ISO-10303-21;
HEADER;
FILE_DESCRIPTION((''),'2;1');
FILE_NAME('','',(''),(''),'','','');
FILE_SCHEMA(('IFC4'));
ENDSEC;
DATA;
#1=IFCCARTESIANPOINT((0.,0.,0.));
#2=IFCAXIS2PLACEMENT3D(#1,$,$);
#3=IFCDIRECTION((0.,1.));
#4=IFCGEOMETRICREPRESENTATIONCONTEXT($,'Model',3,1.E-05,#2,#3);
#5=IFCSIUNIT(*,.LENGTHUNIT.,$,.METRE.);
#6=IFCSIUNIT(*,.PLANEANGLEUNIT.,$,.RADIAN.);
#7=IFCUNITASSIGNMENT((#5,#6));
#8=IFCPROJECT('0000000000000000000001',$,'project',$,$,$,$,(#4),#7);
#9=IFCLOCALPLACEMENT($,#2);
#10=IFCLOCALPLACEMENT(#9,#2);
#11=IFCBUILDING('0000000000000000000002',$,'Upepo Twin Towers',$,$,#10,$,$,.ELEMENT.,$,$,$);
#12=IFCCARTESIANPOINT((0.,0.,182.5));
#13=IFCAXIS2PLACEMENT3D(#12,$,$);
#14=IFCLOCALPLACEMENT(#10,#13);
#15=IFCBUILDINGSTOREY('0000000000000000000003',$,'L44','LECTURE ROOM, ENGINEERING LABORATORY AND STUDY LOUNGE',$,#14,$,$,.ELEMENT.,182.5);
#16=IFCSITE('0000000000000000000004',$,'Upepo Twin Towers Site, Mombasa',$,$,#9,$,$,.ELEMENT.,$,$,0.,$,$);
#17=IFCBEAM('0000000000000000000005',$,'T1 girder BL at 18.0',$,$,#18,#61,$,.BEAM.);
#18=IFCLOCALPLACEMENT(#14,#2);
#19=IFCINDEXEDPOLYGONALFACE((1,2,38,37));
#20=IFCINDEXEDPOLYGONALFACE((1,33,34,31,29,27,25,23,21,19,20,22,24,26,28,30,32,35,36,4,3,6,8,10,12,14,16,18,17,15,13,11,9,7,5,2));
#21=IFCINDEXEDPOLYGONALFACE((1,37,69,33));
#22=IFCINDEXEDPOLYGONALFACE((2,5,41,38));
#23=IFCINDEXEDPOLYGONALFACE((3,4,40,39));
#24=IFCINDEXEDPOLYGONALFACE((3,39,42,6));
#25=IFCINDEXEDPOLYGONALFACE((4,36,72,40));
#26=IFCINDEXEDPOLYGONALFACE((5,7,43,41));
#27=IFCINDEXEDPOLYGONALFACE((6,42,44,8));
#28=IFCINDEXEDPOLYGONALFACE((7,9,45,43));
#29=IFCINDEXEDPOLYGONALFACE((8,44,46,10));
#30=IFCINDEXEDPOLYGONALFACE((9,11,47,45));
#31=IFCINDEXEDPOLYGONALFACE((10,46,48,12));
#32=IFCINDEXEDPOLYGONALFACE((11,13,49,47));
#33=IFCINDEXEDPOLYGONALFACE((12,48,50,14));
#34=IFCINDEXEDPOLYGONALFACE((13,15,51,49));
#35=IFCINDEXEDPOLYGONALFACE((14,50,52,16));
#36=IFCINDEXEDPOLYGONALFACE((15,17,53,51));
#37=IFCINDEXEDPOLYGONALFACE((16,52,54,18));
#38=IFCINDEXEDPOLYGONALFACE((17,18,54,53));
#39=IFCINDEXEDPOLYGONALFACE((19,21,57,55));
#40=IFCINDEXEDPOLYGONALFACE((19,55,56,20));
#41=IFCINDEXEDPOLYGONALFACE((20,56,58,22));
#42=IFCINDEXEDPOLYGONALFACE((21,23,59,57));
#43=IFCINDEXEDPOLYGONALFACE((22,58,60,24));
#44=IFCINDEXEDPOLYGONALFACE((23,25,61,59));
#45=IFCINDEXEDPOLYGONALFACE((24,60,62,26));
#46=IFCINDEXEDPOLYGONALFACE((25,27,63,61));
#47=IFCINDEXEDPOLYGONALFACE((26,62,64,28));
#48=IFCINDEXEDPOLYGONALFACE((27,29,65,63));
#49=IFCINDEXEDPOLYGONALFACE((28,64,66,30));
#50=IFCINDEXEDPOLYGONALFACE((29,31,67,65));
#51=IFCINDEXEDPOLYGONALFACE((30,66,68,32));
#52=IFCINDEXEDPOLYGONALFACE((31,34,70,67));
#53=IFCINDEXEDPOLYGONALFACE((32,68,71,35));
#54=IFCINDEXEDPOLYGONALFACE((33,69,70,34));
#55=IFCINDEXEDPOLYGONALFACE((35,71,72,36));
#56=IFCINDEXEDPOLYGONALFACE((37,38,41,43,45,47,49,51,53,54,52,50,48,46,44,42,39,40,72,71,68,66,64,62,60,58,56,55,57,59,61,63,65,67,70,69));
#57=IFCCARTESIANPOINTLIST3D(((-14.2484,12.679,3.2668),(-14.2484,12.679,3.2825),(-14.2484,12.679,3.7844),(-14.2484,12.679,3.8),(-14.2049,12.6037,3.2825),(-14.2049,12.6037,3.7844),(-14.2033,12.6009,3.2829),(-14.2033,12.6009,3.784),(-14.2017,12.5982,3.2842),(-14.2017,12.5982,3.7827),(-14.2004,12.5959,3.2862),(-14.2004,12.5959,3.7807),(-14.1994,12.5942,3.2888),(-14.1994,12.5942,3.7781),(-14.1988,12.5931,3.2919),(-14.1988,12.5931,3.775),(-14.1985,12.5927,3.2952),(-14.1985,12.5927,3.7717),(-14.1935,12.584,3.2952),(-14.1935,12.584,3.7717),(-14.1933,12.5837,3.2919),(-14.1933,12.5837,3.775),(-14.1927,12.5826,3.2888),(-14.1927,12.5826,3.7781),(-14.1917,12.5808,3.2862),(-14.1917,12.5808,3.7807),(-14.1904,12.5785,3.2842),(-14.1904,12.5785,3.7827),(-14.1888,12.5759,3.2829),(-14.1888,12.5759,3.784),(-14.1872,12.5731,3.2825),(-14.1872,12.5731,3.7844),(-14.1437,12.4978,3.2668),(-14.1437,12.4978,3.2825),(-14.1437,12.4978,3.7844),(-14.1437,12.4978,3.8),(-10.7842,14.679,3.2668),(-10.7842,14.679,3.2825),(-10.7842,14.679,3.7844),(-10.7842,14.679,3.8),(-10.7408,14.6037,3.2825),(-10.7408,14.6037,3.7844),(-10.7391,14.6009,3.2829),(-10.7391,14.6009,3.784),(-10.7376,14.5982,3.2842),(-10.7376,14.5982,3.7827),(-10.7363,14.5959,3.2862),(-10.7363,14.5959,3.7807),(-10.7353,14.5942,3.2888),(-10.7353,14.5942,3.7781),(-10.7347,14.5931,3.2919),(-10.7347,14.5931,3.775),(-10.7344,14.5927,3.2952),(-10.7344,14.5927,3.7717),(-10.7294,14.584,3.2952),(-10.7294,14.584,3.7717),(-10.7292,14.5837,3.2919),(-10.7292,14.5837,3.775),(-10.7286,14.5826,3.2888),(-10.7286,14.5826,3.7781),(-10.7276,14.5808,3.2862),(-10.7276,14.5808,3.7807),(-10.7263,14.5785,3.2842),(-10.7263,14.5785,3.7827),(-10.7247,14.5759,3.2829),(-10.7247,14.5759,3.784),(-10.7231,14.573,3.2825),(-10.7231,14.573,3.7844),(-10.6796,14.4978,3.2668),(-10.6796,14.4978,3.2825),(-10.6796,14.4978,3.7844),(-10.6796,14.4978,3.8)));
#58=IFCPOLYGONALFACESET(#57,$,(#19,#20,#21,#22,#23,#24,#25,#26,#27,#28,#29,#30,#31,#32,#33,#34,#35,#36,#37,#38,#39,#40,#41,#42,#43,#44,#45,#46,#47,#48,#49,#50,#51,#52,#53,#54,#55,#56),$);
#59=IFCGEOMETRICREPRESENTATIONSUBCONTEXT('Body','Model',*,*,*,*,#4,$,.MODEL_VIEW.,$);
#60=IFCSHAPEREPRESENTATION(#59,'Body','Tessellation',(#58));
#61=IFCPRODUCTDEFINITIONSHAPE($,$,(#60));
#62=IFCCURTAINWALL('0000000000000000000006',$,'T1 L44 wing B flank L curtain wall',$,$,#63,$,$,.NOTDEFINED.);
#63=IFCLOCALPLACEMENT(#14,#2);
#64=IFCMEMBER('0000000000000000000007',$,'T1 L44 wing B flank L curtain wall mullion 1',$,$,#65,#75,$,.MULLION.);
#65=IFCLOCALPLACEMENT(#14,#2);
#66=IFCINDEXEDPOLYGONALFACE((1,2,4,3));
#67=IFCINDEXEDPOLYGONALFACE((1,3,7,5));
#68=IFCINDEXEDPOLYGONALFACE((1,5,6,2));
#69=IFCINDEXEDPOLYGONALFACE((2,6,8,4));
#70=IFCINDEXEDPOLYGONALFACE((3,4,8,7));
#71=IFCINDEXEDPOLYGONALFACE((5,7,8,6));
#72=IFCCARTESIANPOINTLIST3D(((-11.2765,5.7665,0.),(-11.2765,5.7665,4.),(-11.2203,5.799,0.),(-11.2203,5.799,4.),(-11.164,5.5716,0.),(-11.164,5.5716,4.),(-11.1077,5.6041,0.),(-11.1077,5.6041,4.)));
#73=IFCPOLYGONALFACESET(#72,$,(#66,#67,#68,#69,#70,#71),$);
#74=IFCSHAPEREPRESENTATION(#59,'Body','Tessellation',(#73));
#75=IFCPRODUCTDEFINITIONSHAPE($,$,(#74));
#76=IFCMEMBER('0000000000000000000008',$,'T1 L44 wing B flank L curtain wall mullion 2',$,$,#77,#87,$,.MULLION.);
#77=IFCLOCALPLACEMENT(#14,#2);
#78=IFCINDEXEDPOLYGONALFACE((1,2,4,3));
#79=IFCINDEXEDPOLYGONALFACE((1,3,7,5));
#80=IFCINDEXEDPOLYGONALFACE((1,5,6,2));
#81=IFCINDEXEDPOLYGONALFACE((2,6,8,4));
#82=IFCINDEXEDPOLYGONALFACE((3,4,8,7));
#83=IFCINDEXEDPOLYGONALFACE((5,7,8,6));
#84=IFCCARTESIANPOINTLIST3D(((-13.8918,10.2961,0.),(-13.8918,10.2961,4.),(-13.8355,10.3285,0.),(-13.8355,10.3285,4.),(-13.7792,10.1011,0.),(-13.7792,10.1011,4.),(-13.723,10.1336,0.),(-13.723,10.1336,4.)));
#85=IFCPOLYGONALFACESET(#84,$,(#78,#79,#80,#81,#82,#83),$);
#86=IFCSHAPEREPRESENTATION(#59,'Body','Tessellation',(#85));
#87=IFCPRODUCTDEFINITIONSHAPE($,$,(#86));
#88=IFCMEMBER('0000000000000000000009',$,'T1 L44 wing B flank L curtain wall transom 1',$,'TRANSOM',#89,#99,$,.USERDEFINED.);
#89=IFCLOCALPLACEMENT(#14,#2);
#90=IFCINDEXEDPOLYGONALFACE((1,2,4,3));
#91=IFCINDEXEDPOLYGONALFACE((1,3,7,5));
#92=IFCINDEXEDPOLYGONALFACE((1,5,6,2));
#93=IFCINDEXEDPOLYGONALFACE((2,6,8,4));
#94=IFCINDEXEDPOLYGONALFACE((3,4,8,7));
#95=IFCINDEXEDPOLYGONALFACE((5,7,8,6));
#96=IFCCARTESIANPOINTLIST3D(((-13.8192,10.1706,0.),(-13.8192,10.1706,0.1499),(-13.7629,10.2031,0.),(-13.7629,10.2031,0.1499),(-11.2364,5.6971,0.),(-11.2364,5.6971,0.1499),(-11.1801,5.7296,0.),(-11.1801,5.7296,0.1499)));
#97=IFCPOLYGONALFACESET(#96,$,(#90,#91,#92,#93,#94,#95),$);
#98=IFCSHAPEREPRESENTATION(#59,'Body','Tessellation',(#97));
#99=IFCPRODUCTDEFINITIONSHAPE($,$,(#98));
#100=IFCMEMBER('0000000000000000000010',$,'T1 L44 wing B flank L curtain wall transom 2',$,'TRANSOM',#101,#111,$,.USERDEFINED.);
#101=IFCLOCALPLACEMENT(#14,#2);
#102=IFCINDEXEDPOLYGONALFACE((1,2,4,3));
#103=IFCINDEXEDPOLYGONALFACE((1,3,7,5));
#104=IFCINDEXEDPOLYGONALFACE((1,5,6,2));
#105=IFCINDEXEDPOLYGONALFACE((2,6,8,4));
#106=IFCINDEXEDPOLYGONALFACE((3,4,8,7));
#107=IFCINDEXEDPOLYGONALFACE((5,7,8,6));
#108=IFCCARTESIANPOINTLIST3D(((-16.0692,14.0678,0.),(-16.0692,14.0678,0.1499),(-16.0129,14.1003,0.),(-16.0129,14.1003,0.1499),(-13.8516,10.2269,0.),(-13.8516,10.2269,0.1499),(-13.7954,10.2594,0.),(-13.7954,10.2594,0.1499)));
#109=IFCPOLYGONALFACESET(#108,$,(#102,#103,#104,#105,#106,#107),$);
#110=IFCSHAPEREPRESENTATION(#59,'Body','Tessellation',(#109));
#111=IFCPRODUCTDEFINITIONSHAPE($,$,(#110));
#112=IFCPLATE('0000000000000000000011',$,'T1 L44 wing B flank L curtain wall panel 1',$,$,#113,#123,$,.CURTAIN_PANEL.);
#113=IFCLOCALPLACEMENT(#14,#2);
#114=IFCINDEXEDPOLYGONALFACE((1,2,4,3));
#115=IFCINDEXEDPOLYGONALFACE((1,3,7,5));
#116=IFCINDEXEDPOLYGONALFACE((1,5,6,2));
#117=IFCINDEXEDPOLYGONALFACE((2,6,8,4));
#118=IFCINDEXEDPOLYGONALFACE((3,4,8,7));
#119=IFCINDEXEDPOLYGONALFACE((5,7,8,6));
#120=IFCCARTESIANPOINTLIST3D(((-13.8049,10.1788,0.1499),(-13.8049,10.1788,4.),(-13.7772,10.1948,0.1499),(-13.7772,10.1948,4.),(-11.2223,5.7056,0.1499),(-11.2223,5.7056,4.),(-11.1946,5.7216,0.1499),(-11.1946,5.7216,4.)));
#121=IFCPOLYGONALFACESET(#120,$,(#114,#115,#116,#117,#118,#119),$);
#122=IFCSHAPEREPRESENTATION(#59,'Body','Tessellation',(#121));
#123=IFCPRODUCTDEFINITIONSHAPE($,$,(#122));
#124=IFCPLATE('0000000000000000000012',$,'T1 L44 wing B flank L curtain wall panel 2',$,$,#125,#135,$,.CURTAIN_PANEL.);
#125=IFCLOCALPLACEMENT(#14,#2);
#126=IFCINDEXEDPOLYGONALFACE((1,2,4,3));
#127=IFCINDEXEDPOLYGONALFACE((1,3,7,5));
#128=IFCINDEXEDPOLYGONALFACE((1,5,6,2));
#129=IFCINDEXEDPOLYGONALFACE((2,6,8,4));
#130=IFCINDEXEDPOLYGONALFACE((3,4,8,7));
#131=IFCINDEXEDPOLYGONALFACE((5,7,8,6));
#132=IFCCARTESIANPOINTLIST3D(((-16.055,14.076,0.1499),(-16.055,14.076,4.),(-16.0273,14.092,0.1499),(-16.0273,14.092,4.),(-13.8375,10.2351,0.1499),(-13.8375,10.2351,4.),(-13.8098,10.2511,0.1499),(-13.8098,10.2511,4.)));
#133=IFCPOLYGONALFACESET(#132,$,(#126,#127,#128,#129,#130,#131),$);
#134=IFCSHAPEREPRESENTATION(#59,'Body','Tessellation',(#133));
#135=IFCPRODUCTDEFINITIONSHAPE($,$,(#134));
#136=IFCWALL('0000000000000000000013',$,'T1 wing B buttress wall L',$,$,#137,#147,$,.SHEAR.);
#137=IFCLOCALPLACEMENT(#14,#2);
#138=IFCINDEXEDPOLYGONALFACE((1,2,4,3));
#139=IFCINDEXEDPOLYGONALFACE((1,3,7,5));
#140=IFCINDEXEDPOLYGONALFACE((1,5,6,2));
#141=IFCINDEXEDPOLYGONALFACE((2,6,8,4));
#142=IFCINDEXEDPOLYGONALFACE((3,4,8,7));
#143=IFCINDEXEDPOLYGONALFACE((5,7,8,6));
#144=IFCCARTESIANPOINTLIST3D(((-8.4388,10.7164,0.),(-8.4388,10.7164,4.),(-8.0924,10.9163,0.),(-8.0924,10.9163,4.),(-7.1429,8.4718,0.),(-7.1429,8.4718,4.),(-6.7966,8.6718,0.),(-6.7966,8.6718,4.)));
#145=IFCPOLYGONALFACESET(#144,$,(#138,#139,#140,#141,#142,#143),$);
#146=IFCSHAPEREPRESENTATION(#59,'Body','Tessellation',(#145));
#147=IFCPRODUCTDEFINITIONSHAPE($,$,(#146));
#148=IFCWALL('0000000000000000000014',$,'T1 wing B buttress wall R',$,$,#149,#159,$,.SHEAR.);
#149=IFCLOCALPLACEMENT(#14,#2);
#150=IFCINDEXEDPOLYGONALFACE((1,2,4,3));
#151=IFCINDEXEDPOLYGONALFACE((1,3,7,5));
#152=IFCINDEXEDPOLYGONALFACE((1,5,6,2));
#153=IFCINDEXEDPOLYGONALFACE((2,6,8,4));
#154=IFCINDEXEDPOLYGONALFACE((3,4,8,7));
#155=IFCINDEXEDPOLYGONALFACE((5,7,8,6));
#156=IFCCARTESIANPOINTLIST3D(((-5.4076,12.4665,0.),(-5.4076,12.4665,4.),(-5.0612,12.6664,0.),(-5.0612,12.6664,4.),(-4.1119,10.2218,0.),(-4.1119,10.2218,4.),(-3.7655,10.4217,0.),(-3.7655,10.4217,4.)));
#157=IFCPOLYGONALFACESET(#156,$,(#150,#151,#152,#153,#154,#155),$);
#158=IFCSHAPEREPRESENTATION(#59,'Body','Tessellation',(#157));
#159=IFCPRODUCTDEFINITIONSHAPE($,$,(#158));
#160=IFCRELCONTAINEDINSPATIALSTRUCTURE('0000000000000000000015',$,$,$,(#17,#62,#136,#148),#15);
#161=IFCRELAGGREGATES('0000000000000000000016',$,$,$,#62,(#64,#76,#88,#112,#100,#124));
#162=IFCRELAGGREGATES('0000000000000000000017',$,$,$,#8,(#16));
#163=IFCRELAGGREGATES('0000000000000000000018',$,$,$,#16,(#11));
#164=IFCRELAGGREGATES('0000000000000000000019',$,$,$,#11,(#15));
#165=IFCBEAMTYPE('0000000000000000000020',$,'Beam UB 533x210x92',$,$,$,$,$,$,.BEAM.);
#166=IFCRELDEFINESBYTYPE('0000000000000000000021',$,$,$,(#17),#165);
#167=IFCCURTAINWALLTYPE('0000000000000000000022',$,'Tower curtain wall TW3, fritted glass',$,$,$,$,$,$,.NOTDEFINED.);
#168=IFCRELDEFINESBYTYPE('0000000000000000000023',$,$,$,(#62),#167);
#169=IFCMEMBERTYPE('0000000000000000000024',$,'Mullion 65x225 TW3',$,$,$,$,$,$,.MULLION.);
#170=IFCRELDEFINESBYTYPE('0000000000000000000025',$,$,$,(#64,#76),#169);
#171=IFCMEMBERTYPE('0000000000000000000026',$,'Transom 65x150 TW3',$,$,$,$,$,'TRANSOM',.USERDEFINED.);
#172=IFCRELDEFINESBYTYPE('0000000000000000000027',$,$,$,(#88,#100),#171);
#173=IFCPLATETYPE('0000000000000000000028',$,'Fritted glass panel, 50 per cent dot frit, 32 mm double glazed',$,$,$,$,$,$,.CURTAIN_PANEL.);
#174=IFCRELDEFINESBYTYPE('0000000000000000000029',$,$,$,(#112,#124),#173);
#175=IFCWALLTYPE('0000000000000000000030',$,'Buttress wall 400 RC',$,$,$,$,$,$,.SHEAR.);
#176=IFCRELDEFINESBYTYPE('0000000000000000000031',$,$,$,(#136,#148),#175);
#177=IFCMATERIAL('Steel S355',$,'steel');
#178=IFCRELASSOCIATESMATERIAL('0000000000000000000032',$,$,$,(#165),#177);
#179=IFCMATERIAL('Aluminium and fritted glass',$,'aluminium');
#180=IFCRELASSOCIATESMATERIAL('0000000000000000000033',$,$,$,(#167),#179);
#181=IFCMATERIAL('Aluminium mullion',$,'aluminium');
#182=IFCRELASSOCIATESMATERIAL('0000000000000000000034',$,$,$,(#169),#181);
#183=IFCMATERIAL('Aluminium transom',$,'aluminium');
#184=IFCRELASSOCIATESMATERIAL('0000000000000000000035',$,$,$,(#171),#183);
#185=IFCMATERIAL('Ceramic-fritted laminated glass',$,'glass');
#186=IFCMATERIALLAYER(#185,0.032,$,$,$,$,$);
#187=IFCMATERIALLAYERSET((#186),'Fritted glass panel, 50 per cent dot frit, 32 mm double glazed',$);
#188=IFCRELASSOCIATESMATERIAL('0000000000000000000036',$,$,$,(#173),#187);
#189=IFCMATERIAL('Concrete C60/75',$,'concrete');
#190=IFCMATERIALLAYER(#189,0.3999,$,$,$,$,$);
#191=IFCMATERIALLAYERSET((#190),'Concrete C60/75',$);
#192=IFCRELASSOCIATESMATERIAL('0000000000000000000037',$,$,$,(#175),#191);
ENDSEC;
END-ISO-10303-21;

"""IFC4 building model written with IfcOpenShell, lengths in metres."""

from ifc_helpers import new_model, si_unit, direction, frame, frame_2d, origin, origin_2d, place, context, subcontext, project, spatial, rectangle, i_section, extrude, material, layer, layer_set, material_profile, profile_set, type_object, element, aggregate, save


model = new_model("IFC4")

# Units and contexts
model_context = context("Model", 3, precision=1e-05, world=origin(), true_north=direction((0.0, 1.0)))
body_context = subcontext(model_context, "Body", "Model", "MODEL_VIEW")
ifc_project = project(units=[si_unit("LENGTHUNIT", "METRE"), si_unit("PLANEANGLEUNIT", "RADIAN")], contexts=[model_context])

# Site, building, storey
site_placement = place(None, origin())
site = spatial("IfcSite", under=ifc_project, at=site_placement, Name="Upepo Twin Towers Site, Mombasa", CompositionType="ELEMENT", RefElevation=0.0)
building_placement = place(site_placement, origin())
building = spatial("IfcBuilding", under=site, at=building_placement, Name="Upepo Twin Towers", CompositionType="ELEMENT")
storey_placement = place(building_placement, frame((0.0, 0.0, 182.5)))
storey = spatial("IfcBuildingStorey", under=building, at=storey_placement, Name="L44", Description="LECTURE ROOM, ENGINEERING LABORATORY AND STUDY LOUNGE", CompositionType="ELEMENT", Elevation=182.5)

# Beam
ifc_material_1 = material(Name="Steel S355", Category="steel")
ifc_material_profile_1 = material_profile(ifc_material_1, i_section(OverallWidth=0.2092, OverallDepth=0.5332, WebThickness=0.01, FlangeThickness=0.0156, FilletRadius=0.0127, at=origin_2d()), Name="UB 533x210x92")
ifc_profile_set_1 = profile_set([ifc_material_profile_1], Name="Steel S355")
beam_type_1 = type_object("IfcBeamType", Name="Beam UB 533x210x92", PredefinedType="BEAM", material=ifc_profile_set_1)
for number, where, z_axis, x_axis, name in (
    (1, (-14.196, 12.5884, 3.5334), (0.866026, 0.499999, 0.0), (-0.499999, 0.866026, 0.0), "T1 girder BL at 18.0"),
):
    element("IfcBeam", number, at=place(storey_placement, frame(where, z_axis=z_axis, x_axis=x_axis)), inside=storey, type_object=beam_type_1, Name=name, PredefinedType="BEAM", context=body_context, shape_type="SweptSolid", body=[
        extrude(i_section(OverallWidth=0.2092, OverallDepth=0.5332, WebThickness=0.01, FlangeThickness=0.0156, FilletRadius=0.0127, at=origin_2d()), origin(), (0.0, 0.0, 1.0), 4.0),
    ])

# Curtain wall, members, plates
ifc_material_2 = material(Name="Aluminium and fritted glass", Category="aluminium")
curtain_wall_type = type_object("IfcCurtainWallType", Name="Tower curtain wall TW3, fritted glass", PredefinedType="NOTDEFINED", material=ifc_material_2)
curtain_wall_placement = place(storey_placement, origin())
curtain_wall = element("IfcCurtainWall", 2, at=curtain_wall_placement, inside=storey, type_object=curtain_wall_type, Name="T1 L44 wing B flank L curtain wall", PredefinedType="NOTDEFINED")
ifc_material_3 = material(Name="Aluminium mullion", Category="aluminium")
ifc_material_profile_2 = material_profile(ifc_material_3, rectangle(XDim=0.0649, YDim=0.2251, at=origin_2d()), Name="MULLION 65x225")
ifc_profile_set_2 = profile_set([ifc_material_profile_2], Name="Aluminium mullion")
member_type_1 = type_object("IfcMemberType", Name="Mullion 65x225 TW3", PredefinedType="MULLION", material=ifc_profile_set_2)
member_1_placement = place(storey_placement, frame((-11.1921, 5.6853, 0.0), z_axis=(0.0, 0.0, 1.0), x_axis=(-0.866025, -0.5, 0.0)))
member_1 = element("IfcMember", 3, at=member_1_placement, type_object=member_type_1, Name="T1 L44 wing B flank L curtain wall mullion 1", PredefinedType="MULLION", context=body_context, shape_type="SweptSolid", body=[
    extrude(rectangle(XDim=0.0649, YDim=0.2251, at=origin_2d()), origin(), (0.0, 0.0, 1.0), 4.0),
])
member_2_placement = place(storey_placement, frame((-13.8074, 10.2148, 0.0), z_axis=(0.0, 0.0, 1.0), x_axis=(-0.866025, -0.5, 0.0)))
member_2 = element("IfcMember", 4, at=member_2_placement, type_object=member_type_1, Name="T1 L44 wing B flank L curtain wall mullion 2", PredefinedType="MULLION", context=body_context, shape_type="SweptSolid", body=[
    extrude(rectangle(XDim=0.0649, YDim=0.2251, at=origin_2d()), origin(), (0.0, 0.0, 1.0), 4.0),
])
ifc_material_4 = material(Name="Aluminium transom", Category="aluminium")
ifc_material_profile_3 = material_profile(ifc_material_4, rectangle(XDim=0.0649, YDim=0.1499, at=origin_2d()), Name="TRANSOM 65x150")
ifc_profile_set_3 = profile_set([ifc_material_profile_3], Name="Aluminium transom")
member_type_2 = type_object("IfcMemberType", Name="Transom 65x150 TW3", ElementType="TRANSOM", PredefinedType="USERDEFINED", material=ifc_profile_set_3)
member_3_placement = place(storey_placement, frame((-11.2083, 5.7134, 0.075), z_axis=(-0.500007, 0.866021, 0.0), x_axis=(-0.866021, -0.500007, 0.0)))
member_3 = element("IfcMember", 5, at=member_3_placement, type_object=member_type_2, Name="T1 L44 wing B flank L curtain wall transom 1", ObjectType="TRANSOM", PredefinedType="USERDEFINED", context=body_context, shape_type="SweptSolid", body=[
    extrude(rectangle(XDim=0.0649, YDim=0.1499, at=origin_2d()), origin(), (0.0, 0.0, 1.0), 5.1655),
])
member_4_placement = place(storey_placement, frame((-13.8235, 10.2432, 0.075), z_axis=(-0.500005, 0.866022, 0.0), x_axis=(-0.866022, -0.500005, 0.0)))
member_4 = element("IfcMember", 6, at=member_4_placement, type_object=member_type_2, Name="T1 L44 wing B flank L curtain wall transom 2", ObjectType="TRANSOM", PredefinedType="USERDEFINED", context=body_context, shape_type="SweptSolid", body=[
    extrude(rectangle(XDim=0.0649, YDim=0.1499, at=origin_2d()), origin(), (0.0, 0.0, 1.0), 4.4351),
])
ifc_material_5 = material(Name="Ceramic-fritted laminated glass", Category="glass")
ifc_layer_1 = layer(ifc_material_5, 0.032)
ifc_layer_set_1 = layer_set([ifc_layer_1], Name="Fritted glass panel, 50 per cent dot frit, 32 mm double glazed")
plate_type = type_object("IfcPlateType", Name="Fritted glass panel, 50 per cent dot frit, 32 mm double glazed", PredefinedType="CURTAIN_PANEL", material=ifc_layer_set_1)
plate_1_placement = place(storey_placement, frame((-12.4998, 7.9502, 0.1499), z_axis=(0.0, 0.0, 1.0), x_axis=(-0.5, 0.866025, 0.0)))
plate_1 = element("IfcPlate", 7, at=plate_1_placement, type_object=plate_type, Name="T1 L44 wing B flank L curtain wall panel 1", PredefinedType="CURTAIN_PANEL", context=body_context, shape_type="SweptSolid", body=[
    extrude(rectangle(XDim=5.1653, YDim=0.032, at=origin_2d()), origin(), (0.0, 0.0, 1.0), 3.8501),
])
plate_2_placement = place(storey_placement, frame((-14.9324, 12.1636, 0.1499), z_axis=(0.0, 0.0, 1.0), x_axis=(-0.5, 0.866025, 0.0)))
plate_2 = element("IfcPlate", 8, at=plate_2_placement, type_object=plate_type, Name="T1 L44 wing B flank L curtain wall panel 2", PredefinedType="CURTAIN_PANEL", context=body_context, shape_type="SweptSolid", body=[
    extrude(rectangle(XDim=4.4351, YDim=0.032, at=origin_2d()), origin(), (0.0, 0.0, 1.0), 3.8501),
])
aggregate(curtain_wall, [member_1, member_2, member_3, plate_1, member_4, plate_2])

# Walls
ifc_material_6 = material(Name="Concrete C60/75", Category="concrete")
ifc_layer_2 = layer(ifc_material_6, 0.3999)
ifc_layer_set_2 = layer_set([ifc_layer_2], Name="Concrete C60/75")
wall_type_1 = type_object("IfcWallType", Name="Buttress wall 400 RC", PredefinedType="SHEAR", material=ifc_layer_set_2)
for number, where, z_axis, x_axis, name in (
    (9, (-6.9697, 8.5718, 0.0), (0.0, 0.0, 1.0), (-0.499989, 0.866032, 0.0), "T1 wing B buttress wall L"),
    (10, (-3.9387, 10.3218, 0.0), (0.0, 0.0, 1.0), (-0.499918, 0.866073, 0.0), "T1 wing B buttress wall R"),
):
    element("IfcWall", number, at=place(storey_placement, frame(where, z_axis=z_axis, x_axis=x_axis)), inside=storey, type_object=wall_type_1, Name=name, PredefinedType="SHEAR", context=body_context, shape_type="SweptSolid", body=[
        extrude(rectangle(XDim=2.5918, YDim=0.3999, at=frame_2d((1.2959, 0.0))), origin(), (0.0, 0.0, 1.0), 4.0),
    ])

save(model, "model.ifc")
